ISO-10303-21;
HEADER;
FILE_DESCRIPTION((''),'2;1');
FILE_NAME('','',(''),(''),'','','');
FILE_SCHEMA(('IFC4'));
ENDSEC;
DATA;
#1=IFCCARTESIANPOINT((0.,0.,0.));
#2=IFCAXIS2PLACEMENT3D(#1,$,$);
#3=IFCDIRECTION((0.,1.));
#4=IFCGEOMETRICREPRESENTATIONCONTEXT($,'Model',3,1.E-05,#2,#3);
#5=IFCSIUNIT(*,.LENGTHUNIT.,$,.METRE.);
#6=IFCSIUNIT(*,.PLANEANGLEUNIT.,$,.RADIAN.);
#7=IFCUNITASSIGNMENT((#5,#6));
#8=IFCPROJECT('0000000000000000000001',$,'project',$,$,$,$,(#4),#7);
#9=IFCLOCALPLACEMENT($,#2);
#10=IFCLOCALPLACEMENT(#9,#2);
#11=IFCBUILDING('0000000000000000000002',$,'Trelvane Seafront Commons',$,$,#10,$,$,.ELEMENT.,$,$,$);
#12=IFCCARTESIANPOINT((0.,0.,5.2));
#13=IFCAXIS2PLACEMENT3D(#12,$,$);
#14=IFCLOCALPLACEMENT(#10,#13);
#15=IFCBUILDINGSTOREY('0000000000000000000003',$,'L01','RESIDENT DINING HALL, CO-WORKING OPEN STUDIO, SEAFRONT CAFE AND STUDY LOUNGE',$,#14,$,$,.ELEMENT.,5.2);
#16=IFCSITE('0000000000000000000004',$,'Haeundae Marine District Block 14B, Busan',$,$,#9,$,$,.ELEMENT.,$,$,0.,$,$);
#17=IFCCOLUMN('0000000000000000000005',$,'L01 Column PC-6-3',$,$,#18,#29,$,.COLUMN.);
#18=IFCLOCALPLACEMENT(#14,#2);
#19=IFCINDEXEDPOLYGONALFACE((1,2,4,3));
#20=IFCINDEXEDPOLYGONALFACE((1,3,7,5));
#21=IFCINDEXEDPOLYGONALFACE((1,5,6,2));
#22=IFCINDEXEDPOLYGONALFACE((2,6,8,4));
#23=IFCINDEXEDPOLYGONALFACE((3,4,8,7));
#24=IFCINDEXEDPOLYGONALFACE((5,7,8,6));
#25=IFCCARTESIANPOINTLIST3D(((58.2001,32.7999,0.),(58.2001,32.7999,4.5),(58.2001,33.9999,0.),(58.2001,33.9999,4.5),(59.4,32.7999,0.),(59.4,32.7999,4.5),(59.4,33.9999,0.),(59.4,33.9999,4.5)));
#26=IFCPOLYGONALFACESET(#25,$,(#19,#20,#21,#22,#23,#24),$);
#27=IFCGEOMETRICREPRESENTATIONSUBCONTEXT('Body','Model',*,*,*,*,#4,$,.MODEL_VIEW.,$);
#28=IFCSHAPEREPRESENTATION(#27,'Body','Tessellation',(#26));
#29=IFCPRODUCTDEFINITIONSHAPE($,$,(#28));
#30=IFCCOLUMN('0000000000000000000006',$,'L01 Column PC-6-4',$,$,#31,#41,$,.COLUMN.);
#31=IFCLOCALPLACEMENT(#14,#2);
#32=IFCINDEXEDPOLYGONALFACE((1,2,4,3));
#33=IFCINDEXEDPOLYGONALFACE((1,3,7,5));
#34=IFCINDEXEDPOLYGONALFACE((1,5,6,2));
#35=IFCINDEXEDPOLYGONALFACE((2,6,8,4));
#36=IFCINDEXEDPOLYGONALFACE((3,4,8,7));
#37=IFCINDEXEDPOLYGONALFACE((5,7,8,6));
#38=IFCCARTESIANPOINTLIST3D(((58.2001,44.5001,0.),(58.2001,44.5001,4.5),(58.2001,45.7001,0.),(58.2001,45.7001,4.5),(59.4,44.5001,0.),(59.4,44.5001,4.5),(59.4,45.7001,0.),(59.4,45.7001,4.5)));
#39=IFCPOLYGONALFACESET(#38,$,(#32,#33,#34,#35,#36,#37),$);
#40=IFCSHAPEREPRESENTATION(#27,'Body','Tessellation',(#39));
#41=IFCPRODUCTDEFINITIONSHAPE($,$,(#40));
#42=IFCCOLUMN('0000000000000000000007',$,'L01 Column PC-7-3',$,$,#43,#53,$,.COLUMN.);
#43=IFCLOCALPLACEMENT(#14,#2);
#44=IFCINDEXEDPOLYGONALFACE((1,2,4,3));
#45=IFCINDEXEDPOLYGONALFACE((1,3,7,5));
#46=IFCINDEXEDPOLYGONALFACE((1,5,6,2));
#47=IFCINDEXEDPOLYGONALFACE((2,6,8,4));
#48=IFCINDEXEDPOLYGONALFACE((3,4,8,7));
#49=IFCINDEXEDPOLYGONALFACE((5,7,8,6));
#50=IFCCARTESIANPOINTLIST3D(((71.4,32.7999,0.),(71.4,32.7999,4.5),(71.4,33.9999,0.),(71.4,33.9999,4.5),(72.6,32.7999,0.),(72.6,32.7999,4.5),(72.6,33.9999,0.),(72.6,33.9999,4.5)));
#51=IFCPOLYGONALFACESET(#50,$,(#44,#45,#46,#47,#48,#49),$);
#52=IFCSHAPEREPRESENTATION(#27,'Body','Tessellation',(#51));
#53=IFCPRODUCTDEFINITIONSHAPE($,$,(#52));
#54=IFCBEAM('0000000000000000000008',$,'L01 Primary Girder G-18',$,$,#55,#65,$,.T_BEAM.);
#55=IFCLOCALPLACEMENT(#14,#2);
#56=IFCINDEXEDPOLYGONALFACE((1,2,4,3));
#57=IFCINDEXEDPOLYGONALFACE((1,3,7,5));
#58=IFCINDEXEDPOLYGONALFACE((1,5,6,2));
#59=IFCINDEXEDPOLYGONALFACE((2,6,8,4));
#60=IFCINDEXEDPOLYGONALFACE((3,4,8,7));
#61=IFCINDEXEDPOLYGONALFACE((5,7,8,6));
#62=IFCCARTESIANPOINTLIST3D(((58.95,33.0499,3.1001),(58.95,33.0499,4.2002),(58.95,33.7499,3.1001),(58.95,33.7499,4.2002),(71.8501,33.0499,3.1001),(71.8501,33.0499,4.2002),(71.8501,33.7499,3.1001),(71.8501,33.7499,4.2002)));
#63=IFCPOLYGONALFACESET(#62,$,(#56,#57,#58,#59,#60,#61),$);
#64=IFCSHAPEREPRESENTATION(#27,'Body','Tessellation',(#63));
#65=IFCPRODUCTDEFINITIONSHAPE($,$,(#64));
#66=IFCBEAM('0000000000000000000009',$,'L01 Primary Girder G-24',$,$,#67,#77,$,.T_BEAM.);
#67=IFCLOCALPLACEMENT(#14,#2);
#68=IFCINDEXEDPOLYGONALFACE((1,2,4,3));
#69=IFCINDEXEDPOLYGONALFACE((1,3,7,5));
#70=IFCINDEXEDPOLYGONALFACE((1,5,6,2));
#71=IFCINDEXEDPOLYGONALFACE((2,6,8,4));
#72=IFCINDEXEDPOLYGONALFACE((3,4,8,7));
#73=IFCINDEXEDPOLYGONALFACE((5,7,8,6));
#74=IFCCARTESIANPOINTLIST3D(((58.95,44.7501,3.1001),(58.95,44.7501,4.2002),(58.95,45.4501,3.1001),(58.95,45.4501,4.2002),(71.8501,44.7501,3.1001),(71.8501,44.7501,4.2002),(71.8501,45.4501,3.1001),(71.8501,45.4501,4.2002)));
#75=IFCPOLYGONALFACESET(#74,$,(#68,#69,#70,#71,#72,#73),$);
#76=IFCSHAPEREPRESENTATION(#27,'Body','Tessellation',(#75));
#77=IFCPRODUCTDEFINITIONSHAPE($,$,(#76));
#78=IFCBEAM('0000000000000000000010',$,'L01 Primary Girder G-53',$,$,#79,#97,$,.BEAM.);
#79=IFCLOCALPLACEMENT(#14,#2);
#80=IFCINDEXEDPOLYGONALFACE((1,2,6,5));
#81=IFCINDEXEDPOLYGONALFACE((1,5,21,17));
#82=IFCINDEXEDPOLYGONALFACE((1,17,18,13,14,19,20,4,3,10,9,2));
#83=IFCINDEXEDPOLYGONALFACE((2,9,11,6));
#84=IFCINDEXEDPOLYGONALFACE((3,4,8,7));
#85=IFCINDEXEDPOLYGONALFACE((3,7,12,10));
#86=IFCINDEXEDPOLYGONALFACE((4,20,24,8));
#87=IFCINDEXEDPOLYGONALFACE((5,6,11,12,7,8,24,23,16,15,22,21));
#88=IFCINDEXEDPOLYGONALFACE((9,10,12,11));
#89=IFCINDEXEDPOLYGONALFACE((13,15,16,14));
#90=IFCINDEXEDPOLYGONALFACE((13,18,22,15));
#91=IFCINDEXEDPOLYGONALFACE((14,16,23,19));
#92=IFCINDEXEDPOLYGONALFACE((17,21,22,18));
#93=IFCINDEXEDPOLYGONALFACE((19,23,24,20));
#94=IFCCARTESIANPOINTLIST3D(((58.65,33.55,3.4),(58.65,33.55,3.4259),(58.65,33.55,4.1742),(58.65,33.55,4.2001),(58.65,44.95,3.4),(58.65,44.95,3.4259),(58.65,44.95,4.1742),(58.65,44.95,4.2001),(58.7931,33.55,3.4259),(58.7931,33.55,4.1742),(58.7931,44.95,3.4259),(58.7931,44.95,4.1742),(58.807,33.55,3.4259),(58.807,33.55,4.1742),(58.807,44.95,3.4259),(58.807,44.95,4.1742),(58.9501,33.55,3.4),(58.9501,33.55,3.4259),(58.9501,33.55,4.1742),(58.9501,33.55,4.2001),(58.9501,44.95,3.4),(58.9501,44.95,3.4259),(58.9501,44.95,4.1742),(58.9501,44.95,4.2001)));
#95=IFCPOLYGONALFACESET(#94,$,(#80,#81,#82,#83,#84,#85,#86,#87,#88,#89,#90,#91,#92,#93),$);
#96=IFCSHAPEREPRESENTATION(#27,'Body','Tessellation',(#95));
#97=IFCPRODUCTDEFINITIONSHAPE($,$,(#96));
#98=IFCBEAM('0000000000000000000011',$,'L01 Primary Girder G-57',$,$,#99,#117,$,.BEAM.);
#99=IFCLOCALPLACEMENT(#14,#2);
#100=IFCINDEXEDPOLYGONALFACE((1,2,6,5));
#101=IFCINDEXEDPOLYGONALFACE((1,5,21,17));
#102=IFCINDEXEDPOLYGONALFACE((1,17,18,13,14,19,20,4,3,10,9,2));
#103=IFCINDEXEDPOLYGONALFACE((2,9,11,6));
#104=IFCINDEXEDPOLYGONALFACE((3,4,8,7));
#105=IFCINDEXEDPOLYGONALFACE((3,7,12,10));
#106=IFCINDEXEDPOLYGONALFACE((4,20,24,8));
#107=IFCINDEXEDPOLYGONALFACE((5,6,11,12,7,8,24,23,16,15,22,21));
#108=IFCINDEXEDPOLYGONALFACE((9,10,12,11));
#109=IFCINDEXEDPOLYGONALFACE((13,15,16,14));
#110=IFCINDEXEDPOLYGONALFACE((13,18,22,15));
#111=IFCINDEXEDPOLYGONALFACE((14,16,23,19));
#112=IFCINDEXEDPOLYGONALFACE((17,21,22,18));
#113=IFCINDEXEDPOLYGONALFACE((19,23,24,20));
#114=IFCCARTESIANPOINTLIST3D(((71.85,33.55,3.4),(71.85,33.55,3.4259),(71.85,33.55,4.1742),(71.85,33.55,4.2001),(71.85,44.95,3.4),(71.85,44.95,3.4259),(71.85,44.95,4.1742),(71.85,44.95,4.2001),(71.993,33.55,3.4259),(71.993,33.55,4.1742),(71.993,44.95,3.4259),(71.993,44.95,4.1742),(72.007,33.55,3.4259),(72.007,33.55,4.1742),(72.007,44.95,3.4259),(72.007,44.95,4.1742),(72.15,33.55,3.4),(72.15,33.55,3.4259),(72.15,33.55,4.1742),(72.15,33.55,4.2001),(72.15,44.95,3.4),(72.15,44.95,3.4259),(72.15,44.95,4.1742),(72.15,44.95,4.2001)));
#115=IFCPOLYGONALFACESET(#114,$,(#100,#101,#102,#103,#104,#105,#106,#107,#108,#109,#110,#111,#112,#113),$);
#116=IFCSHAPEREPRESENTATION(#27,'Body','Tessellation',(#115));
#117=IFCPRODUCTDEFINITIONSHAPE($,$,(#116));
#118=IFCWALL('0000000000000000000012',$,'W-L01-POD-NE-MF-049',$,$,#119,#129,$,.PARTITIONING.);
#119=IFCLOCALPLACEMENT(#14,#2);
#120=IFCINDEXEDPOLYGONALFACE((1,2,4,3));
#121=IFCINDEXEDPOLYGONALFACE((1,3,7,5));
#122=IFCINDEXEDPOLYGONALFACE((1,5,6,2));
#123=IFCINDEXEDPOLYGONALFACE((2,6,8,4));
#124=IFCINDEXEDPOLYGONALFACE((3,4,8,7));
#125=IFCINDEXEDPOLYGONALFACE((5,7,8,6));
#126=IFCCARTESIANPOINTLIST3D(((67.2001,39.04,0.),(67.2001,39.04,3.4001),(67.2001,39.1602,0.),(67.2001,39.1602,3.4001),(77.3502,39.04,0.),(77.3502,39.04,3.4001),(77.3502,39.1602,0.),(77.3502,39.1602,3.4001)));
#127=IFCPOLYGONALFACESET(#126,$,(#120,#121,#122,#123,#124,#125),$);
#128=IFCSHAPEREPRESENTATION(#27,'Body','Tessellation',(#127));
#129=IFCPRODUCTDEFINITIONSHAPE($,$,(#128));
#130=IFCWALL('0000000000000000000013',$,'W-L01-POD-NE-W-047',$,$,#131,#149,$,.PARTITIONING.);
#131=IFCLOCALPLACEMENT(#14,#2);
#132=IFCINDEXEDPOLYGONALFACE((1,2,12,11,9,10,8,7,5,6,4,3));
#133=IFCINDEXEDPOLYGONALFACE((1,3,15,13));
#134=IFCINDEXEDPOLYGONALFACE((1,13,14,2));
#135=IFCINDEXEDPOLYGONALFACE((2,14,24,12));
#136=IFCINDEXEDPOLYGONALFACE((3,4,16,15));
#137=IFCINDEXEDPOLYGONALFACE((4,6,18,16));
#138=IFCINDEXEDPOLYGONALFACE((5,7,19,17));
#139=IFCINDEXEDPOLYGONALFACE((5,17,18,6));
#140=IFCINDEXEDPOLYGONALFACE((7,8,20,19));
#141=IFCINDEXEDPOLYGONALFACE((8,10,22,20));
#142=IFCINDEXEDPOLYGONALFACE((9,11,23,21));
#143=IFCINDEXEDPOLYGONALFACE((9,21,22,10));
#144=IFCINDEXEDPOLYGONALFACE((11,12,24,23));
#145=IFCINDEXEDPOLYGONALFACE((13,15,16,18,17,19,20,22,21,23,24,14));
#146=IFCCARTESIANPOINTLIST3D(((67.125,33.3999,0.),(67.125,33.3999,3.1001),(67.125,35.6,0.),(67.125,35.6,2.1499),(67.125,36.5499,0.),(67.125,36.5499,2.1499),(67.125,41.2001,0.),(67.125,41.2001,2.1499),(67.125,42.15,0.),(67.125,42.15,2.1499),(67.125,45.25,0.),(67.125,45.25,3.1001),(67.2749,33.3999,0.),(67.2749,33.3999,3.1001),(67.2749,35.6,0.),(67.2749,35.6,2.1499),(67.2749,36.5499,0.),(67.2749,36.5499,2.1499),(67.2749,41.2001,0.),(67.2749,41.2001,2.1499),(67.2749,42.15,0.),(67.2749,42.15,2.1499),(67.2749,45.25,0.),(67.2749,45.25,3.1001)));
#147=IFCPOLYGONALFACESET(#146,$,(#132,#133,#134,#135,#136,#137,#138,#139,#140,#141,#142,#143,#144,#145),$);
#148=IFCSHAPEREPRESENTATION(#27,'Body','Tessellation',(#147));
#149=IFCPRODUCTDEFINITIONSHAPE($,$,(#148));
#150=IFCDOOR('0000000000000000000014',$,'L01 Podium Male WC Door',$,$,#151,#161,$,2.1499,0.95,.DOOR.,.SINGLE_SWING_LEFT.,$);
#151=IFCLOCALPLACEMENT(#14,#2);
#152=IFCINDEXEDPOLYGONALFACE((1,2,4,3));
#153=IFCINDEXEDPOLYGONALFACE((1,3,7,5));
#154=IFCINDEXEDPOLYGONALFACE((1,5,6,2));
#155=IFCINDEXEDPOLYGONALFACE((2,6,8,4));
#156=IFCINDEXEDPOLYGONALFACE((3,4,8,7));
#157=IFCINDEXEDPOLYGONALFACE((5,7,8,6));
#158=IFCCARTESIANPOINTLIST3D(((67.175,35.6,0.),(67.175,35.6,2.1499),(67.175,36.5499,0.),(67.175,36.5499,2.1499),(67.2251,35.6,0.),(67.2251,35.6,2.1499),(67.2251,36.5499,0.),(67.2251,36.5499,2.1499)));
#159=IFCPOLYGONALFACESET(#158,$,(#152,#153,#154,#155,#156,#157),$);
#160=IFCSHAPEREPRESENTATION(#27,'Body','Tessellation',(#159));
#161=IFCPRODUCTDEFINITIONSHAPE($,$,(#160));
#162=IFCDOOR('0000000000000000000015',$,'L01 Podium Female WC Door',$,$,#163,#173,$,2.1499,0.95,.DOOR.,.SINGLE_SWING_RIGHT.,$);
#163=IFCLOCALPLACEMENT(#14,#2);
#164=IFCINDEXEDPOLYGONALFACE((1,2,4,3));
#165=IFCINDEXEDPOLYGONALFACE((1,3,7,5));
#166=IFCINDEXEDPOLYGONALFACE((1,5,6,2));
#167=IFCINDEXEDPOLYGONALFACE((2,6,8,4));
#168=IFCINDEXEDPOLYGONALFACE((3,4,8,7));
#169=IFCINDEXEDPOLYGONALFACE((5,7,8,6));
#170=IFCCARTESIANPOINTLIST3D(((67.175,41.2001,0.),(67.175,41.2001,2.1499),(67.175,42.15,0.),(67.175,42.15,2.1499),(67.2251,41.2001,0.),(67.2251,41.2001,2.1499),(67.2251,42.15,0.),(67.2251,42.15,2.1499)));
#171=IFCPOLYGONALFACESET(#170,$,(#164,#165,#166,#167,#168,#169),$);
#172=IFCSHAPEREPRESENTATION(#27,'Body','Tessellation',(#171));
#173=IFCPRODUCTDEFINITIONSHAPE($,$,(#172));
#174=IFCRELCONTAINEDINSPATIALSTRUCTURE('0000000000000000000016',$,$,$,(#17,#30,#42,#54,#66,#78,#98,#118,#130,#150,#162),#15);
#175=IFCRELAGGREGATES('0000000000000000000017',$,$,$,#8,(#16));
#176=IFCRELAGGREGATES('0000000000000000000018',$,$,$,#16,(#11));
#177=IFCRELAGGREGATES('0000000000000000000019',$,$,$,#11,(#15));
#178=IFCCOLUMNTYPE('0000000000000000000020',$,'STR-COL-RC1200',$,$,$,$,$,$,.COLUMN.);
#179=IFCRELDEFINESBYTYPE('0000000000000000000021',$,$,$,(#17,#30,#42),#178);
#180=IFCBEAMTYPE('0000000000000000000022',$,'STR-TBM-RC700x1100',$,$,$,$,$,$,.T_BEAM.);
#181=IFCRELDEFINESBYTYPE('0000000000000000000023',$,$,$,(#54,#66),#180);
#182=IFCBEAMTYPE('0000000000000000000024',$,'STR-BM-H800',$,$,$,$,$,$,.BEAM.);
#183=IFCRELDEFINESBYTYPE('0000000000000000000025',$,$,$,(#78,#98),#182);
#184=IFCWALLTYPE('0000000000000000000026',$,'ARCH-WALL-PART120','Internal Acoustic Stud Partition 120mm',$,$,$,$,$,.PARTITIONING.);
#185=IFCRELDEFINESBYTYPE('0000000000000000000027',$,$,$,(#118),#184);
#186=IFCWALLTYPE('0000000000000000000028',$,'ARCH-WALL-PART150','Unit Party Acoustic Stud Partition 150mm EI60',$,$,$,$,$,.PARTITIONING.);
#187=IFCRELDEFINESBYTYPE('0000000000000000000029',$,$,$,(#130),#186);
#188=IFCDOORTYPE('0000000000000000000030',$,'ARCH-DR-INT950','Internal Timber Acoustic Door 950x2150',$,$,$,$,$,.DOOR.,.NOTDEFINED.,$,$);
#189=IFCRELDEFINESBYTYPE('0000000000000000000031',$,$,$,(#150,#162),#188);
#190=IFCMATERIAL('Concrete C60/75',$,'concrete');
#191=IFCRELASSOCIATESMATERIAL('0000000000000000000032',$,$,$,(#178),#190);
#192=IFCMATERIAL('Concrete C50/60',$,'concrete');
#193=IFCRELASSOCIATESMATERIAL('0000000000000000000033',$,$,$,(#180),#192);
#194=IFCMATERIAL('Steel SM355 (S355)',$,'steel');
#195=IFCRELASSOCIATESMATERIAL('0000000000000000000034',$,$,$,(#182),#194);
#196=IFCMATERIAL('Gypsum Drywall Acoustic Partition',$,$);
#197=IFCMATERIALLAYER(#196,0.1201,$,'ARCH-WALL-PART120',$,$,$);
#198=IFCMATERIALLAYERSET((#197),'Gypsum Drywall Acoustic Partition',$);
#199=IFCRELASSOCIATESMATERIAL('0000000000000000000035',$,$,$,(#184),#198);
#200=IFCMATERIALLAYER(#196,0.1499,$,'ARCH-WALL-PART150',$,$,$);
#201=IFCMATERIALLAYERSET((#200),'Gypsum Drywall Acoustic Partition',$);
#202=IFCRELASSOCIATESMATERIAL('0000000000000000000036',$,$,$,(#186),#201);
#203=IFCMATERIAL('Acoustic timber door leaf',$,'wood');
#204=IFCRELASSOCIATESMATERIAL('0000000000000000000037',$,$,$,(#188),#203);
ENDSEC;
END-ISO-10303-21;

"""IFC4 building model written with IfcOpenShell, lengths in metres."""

from ifc_helpers import new_model, si_unit, direction, frame, frame_2d, origin, origin_2d, place, context, subcontext, project, spatial, rectangle, i_section, extrude, source, transform, mapped, material, layer, layer_set, material_profile, profile_set, type_object, element, fill, save


model = new_model("IFC4")

# Units and contexts
model_context = context("Model", 3, precision=1e-05, world=origin(), true_north=direction((0.0, 1.0)))
body_context = subcontext(model_context, "Body", "Model", "MODEL_VIEW")
ifc_project = project(units=[si_unit("LENGTHUNIT", "METRE"), si_unit("PLANEANGLEUNIT", "RADIAN")], contexts=[model_context])

# Site, building, storey
site_placement = place(None, origin())
site = spatial("IfcSite", under=ifc_project, at=site_placement, Name="Haeundae Marine District Block 14B, Busan", CompositionType="ELEMENT", RefElevation=0.0)
building_placement = place(site_placement, origin())
building = spatial("IfcBuilding", under=site, at=building_placement, Name="Trelvane Seafront Commons", CompositionType="ELEMENT")
storey_placement = place(building_placement, frame((0.0, 0.0, 5.2)))
storey = spatial("IfcBuildingStorey", under=building, at=storey_placement, Name="L01", Description="RESIDENT DINING HALL, CO-WORKING OPEN STUDIO, SEAFRONT CAFE AND STUDY LOUNGE", CompositionType="ELEMENT", Elevation=5.2)

# Columns
ifc_material_1 = material(Name="Concrete C60/75", Category="concrete")
ifc_material_profile_1 = material_profile(ifc_material_1, rectangle(XDim=1.2, YDim=1.2, at=origin_2d()), Name="RC-1200x1200")
ifc_profile_set_1 = profile_set([ifc_material_profile_1], Name="Concrete C60/75")
column_type = type_object("IfcColumnType", Name="STR-COL-RC1200", PredefinedType="COLUMN", material=ifc_profile_set_1)
shared_shape_1 = source(origin(), body_context, "Body", "SweptSolid", [
    extrude(rectangle(XDim=1.2, YDim=1.2, at=origin_2d()), origin(), (0.0, 0.0, 1.0), 4.5),
])
for number, where, z_axis, x_axis, name in (
    (1, (58.8, 33.3999, 0.0), (0.0, 0.0, 1.0), (1.0, 0.0, 0.0), "L01 Column PC-6-3"),
    (2, (58.8, 45.1001, 0.0), (0.0, 0.0, 1.0), (1.0, 0.0, 0.0), "L01 Column PC-6-4"),
    (3, (72.0, 33.3999, 0.0), (0.0, 0.0, 1.0), (1.0, 0.0, 0.0), "L01 Column PC-7-3"),
):
    element("IfcColumn", number, at=place(storey_placement, frame(where, z_axis=z_axis, x_axis=x_axis)), inside=storey, type_object=column_type, Name=name, PredefinedType="COLUMN", context=body_context, shape_type="MappedRepresentation", body=[
        mapped(shared_shape_1, transform((0.0, 0.0, 0.0), x_axis=(1.0, 0.0, 0.0), y_axis=(0.0, 1.0, 0.0), z_axis=(0.0, 0.0, 1.0), scale=1.0)),
    ])

# Beams
ifc_material_2 = material(Name="Concrete C50/60", Category="concrete")
ifc_material_profile_2 = material_profile(ifc_material_2, rectangle(XDim=0.7, YDim=1.1001, at=origin_2d()), Name="RC-700x1100")
ifc_profile_set_2 = profile_set([ifc_material_profile_2], Name="Concrete C50/60")
beam_type_1 = type_object("IfcBeamType", Name="STR-TBM-RC700x1100", PredefinedType="T_BEAM", material=ifc_profile_set_2)
shared_shape_2 = source(origin(), body_context, "Body", "SweptSolid", [
    extrude(rectangle(XDim=0.7, YDim=1.1001, at=origin_2d()), origin(), (0.0, 0.0, 1.0), 12.9001),
])
for number, where, z_axis, x_axis, name in (
    (4, (58.95, 33.3999, 3.6501), (1.0, 0.0, 0.0), (0.0, 1.0, 0.0), "L01 Primary Girder G-18"),
    (5, (58.95, 45.1001, 3.6501), (1.0, 0.0, 0.0), (0.0, 1.0, 0.0), "L01 Primary Girder G-24"),
):
    element("IfcBeam", number, at=place(storey_placement, frame(where, z_axis=z_axis, x_axis=x_axis)), inside=storey, type_object=beam_type_1, Name=name, PredefinedType="T_BEAM", context=body_context, shape_type="MappedRepresentation", body=[
        mapped(shared_shape_2, transform((0.0, 0.0, 0.0), x_axis=(1.0, 0.0, 0.0), y_axis=(0.0, 1.0, 0.0), z_axis=(0.0, 0.0, 1.0), scale=1.0)),
    ])
ifc_material_3 = material(Name="Steel SM355 (S355)", Category="steel")
ifc_material_profile_3 = material_profile(ifc_material_3, i_section(OverallWidth=0.3, OverallDepth=0.8, WebThickness=0.0139, FlangeThickness=0.0259, at=origin_2d()), Name="H-800x300x14x26")
ifc_profile_set_3 = profile_set([ifc_material_profile_3], Name="Steel SM355 (S355)")
beam_type_2 = type_object("IfcBeamType", Name="STR-BM-H800", PredefinedType="BEAM", material=ifc_profile_set_3)
shared_shape_3 = source(origin(), body_context, "Body", "SweptSolid", [
    extrude(i_section(OverallWidth=0.3, OverallDepth=0.8, WebThickness=0.0139, FlangeThickness=0.0259, at=origin_2d()), origin(), (0.0, 0.0, 1.0), 11.3999),
])
for number, where, z_axis, x_axis, name in (
    (6, (58.8, 33.55, 3.8), (0.0, 1.0, 0.0), (-1.0, 0.0, 0.0), "L01 Primary Girder G-53"),
    (7, (72.0, 33.55, 3.8), (0.0, 1.0, 0.0), (-1.0, 0.0, 0.0), "L01 Primary Girder G-57"),
):
    element("IfcBeam", number, at=place(storey_placement, frame(where, z_axis=z_axis, x_axis=x_axis)), inside=storey, type_object=beam_type_2, Name=name, PredefinedType="BEAM", context=body_context, shape_type="MappedRepresentation", body=[
        mapped(shared_shape_3, transform((0.0, 0.0, 0.0), x_axis=(1.0, 0.0, 0.0), y_axis=(0.0, 1.0, 0.0), z_axis=(0.0, 0.0, 1.0), scale=1.0)),
    ])

# Wall
ifc_material_4 = material(Name="Gypsum Drywall Acoustic Partition")
ifc_layer_1 = layer(ifc_material_4, 0.1201, Name="ARCH-WALL-PART120")
ifc_layer_set_1 = layer_set([ifc_layer_1], Name="Gypsum Drywall Acoustic Partition")
wall_type_1 = type_object("IfcWallType", Name="ARCH-WALL-PART120", Description="Internal Acoustic Stud Partition 120mm", PredefinedType="PARTITIONING", material=ifc_layer_set_1)
wall_1_placement = place(storey_placement, frame((67.2, 39.1001, 0.0), z_axis=(0.0, 0.0, 1.0), x_axis=(1.0, 0.0, 0.0)))
element("IfcWall", 8, at=wall_1_placement, inside=storey, type_object=wall_type_1, Name="W-L01-POD-NE-MF-049", PredefinedType="PARTITIONING", context=body_context, shape_type="SweptSolid", body=[
    extrude(rectangle(XDim=10.1501, YDim=0.1201, at=frame_2d((5.0752, 0.0))), origin(), (0.0, 0.0, 1.0), 3.4001),
])

# Wall, openings, doors
ifc_layer_2 = layer(ifc_material_4, 0.1499, Name="ARCH-WALL-PART150")
ifc_layer_set_2 = layer_set([ifc_layer_2], Name="Gypsum Drywall Acoustic Partition")
wall_type_2 = type_object("IfcWallType", Name="ARCH-WALL-PART150", Description="Unit Party Acoustic Stud Partition 150mm EI60", PredefinedType="PARTITIONING", material=ifc_layer_set_2)
wall_2_placement = place(storey_placement, frame((67.2, 33.3999, 0.0), z_axis=(0.0, 0.0, 1.0), x_axis=(0.0, 1.0, 0.0)))
wall_2 = element("IfcWall", 9, at=wall_2_placement, inside=storey, type_object=wall_type_2, Name="W-L01-POD-NE-W-047", PredefinedType="PARTITIONING", context=body_context, shape_type="SweptSolid", body=[
    extrude(rectangle(XDim=11.8501, YDim=0.1499, at=frame_2d((5.925, 0.0))), origin(), (0.0, 0.0, 1.0), 3.1001),
])
opening_1_placement = place(wall_2_placement, frame((2.2, 0.0, 0.0)))
opening_1 = element("IfcOpeningElement", 10, at=opening_1_placement, cuts=wall_2, PredefinedType="OPENING", context=body_context, shape_type="SweptSolid", body=[
    extrude(rectangle(XDim=0.95, YDim=2.1499, at=frame_2d((0.4751, 1.075))), frame((0.0, 0.085, 0.0), z_axis=(0.0, -1.0, 0.0), x_axis=(1.0, 0.0, 0.0)), (0.0, 0.0, 1.0), 0.1699),
])
opening_2_placement = place(wall_2_placement, frame((7.8, 0.0, 0.0)))
opening_2 = element("IfcOpeningElement", 11, at=opening_2_placement, cuts=wall_2, PredefinedType="OPENING", context=body_context, shape_type="SweptSolid", body=[
    extrude(rectangle(XDim=0.95, YDim=2.1499, at=frame_2d((0.4751, 1.075))), frame((0.0, 0.085, 0.0), z_axis=(0.0, -1.0, 0.0), x_axis=(1.0, 0.0, 0.0)), (0.0, 0.0, 1.0), 0.1699),
])
ifc_material_5 = material(Name="Acoustic timber door leaf", Category="wood")
door_type = type_object("IfcDoorType", Name="ARCH-DR-INT950", Description="Internal Timber Acoustic Door 950x2150", OperationType="NOTDEFINED", PredefinedType="DOOR", material=ifc_material_5)
shared_shape_4 = source(origin(), body_context, "Body", "SweptSolid", [
    extrude(rectangle(XDim=0.95, YDim=2.1499, at=frame_2d((0.4751, 1.075))), frame((0.0, 0.0249, 0.0), z_axis=(0.0, -1.0, 0.0), x_axis=(1.0, 0.0, 0.0)), (0.0, 0.0, 1.0), 0.05),
])
door_1_placement = place(opening_1_placement, origin())
door_1 = element("IfcDoor", 12, at=door_1_placement, inside=storey, type_object=door_type, Name="L01 Podium Male WC Door", OperationType="SINGLE_SWING_LEFT", OverallHeight=2.1499, OverallWidth=0.95, PredefinedType="DOOR", context=body_context, shape_type="MappedRepresentation", body=[
    mapped(shared_shape_4, transform((0.0, 0.0, 0.0), x_axis=(1.0, 0.0, 0.0), y_axis=(0.0, 1.0, 0.0), z_axis=(0.0, 0.0, 1.0), scale=1.0)),
])
fill(opening_1, door_1)
door_2_placement = place(opening_2_placement, origin())
door_2 = element("IfcDoor", 13, at=door_2_placement, inside=storey, type_object=door_type, Name="L01 Podium Female WC Door", OperationType="SINGLE_SWING_RIGHT", OverallHeight=2.1499, OverallWidth=0.95, PredefinedType="DOOR", context=body_context, shape_type="MappedRepresentation", body=[
    mapped(shared_shape_4, transform((0.0, 0.0, 0.0), x_axis=(1.0, 0.0, 0.0), y_axis=(0.0, 1.0, 0.0), z_axis=(0.0, 0.0, 1.0), scale=1.0)),
])
fill(opening_2, door_2)

save(model, "model.ifc")
